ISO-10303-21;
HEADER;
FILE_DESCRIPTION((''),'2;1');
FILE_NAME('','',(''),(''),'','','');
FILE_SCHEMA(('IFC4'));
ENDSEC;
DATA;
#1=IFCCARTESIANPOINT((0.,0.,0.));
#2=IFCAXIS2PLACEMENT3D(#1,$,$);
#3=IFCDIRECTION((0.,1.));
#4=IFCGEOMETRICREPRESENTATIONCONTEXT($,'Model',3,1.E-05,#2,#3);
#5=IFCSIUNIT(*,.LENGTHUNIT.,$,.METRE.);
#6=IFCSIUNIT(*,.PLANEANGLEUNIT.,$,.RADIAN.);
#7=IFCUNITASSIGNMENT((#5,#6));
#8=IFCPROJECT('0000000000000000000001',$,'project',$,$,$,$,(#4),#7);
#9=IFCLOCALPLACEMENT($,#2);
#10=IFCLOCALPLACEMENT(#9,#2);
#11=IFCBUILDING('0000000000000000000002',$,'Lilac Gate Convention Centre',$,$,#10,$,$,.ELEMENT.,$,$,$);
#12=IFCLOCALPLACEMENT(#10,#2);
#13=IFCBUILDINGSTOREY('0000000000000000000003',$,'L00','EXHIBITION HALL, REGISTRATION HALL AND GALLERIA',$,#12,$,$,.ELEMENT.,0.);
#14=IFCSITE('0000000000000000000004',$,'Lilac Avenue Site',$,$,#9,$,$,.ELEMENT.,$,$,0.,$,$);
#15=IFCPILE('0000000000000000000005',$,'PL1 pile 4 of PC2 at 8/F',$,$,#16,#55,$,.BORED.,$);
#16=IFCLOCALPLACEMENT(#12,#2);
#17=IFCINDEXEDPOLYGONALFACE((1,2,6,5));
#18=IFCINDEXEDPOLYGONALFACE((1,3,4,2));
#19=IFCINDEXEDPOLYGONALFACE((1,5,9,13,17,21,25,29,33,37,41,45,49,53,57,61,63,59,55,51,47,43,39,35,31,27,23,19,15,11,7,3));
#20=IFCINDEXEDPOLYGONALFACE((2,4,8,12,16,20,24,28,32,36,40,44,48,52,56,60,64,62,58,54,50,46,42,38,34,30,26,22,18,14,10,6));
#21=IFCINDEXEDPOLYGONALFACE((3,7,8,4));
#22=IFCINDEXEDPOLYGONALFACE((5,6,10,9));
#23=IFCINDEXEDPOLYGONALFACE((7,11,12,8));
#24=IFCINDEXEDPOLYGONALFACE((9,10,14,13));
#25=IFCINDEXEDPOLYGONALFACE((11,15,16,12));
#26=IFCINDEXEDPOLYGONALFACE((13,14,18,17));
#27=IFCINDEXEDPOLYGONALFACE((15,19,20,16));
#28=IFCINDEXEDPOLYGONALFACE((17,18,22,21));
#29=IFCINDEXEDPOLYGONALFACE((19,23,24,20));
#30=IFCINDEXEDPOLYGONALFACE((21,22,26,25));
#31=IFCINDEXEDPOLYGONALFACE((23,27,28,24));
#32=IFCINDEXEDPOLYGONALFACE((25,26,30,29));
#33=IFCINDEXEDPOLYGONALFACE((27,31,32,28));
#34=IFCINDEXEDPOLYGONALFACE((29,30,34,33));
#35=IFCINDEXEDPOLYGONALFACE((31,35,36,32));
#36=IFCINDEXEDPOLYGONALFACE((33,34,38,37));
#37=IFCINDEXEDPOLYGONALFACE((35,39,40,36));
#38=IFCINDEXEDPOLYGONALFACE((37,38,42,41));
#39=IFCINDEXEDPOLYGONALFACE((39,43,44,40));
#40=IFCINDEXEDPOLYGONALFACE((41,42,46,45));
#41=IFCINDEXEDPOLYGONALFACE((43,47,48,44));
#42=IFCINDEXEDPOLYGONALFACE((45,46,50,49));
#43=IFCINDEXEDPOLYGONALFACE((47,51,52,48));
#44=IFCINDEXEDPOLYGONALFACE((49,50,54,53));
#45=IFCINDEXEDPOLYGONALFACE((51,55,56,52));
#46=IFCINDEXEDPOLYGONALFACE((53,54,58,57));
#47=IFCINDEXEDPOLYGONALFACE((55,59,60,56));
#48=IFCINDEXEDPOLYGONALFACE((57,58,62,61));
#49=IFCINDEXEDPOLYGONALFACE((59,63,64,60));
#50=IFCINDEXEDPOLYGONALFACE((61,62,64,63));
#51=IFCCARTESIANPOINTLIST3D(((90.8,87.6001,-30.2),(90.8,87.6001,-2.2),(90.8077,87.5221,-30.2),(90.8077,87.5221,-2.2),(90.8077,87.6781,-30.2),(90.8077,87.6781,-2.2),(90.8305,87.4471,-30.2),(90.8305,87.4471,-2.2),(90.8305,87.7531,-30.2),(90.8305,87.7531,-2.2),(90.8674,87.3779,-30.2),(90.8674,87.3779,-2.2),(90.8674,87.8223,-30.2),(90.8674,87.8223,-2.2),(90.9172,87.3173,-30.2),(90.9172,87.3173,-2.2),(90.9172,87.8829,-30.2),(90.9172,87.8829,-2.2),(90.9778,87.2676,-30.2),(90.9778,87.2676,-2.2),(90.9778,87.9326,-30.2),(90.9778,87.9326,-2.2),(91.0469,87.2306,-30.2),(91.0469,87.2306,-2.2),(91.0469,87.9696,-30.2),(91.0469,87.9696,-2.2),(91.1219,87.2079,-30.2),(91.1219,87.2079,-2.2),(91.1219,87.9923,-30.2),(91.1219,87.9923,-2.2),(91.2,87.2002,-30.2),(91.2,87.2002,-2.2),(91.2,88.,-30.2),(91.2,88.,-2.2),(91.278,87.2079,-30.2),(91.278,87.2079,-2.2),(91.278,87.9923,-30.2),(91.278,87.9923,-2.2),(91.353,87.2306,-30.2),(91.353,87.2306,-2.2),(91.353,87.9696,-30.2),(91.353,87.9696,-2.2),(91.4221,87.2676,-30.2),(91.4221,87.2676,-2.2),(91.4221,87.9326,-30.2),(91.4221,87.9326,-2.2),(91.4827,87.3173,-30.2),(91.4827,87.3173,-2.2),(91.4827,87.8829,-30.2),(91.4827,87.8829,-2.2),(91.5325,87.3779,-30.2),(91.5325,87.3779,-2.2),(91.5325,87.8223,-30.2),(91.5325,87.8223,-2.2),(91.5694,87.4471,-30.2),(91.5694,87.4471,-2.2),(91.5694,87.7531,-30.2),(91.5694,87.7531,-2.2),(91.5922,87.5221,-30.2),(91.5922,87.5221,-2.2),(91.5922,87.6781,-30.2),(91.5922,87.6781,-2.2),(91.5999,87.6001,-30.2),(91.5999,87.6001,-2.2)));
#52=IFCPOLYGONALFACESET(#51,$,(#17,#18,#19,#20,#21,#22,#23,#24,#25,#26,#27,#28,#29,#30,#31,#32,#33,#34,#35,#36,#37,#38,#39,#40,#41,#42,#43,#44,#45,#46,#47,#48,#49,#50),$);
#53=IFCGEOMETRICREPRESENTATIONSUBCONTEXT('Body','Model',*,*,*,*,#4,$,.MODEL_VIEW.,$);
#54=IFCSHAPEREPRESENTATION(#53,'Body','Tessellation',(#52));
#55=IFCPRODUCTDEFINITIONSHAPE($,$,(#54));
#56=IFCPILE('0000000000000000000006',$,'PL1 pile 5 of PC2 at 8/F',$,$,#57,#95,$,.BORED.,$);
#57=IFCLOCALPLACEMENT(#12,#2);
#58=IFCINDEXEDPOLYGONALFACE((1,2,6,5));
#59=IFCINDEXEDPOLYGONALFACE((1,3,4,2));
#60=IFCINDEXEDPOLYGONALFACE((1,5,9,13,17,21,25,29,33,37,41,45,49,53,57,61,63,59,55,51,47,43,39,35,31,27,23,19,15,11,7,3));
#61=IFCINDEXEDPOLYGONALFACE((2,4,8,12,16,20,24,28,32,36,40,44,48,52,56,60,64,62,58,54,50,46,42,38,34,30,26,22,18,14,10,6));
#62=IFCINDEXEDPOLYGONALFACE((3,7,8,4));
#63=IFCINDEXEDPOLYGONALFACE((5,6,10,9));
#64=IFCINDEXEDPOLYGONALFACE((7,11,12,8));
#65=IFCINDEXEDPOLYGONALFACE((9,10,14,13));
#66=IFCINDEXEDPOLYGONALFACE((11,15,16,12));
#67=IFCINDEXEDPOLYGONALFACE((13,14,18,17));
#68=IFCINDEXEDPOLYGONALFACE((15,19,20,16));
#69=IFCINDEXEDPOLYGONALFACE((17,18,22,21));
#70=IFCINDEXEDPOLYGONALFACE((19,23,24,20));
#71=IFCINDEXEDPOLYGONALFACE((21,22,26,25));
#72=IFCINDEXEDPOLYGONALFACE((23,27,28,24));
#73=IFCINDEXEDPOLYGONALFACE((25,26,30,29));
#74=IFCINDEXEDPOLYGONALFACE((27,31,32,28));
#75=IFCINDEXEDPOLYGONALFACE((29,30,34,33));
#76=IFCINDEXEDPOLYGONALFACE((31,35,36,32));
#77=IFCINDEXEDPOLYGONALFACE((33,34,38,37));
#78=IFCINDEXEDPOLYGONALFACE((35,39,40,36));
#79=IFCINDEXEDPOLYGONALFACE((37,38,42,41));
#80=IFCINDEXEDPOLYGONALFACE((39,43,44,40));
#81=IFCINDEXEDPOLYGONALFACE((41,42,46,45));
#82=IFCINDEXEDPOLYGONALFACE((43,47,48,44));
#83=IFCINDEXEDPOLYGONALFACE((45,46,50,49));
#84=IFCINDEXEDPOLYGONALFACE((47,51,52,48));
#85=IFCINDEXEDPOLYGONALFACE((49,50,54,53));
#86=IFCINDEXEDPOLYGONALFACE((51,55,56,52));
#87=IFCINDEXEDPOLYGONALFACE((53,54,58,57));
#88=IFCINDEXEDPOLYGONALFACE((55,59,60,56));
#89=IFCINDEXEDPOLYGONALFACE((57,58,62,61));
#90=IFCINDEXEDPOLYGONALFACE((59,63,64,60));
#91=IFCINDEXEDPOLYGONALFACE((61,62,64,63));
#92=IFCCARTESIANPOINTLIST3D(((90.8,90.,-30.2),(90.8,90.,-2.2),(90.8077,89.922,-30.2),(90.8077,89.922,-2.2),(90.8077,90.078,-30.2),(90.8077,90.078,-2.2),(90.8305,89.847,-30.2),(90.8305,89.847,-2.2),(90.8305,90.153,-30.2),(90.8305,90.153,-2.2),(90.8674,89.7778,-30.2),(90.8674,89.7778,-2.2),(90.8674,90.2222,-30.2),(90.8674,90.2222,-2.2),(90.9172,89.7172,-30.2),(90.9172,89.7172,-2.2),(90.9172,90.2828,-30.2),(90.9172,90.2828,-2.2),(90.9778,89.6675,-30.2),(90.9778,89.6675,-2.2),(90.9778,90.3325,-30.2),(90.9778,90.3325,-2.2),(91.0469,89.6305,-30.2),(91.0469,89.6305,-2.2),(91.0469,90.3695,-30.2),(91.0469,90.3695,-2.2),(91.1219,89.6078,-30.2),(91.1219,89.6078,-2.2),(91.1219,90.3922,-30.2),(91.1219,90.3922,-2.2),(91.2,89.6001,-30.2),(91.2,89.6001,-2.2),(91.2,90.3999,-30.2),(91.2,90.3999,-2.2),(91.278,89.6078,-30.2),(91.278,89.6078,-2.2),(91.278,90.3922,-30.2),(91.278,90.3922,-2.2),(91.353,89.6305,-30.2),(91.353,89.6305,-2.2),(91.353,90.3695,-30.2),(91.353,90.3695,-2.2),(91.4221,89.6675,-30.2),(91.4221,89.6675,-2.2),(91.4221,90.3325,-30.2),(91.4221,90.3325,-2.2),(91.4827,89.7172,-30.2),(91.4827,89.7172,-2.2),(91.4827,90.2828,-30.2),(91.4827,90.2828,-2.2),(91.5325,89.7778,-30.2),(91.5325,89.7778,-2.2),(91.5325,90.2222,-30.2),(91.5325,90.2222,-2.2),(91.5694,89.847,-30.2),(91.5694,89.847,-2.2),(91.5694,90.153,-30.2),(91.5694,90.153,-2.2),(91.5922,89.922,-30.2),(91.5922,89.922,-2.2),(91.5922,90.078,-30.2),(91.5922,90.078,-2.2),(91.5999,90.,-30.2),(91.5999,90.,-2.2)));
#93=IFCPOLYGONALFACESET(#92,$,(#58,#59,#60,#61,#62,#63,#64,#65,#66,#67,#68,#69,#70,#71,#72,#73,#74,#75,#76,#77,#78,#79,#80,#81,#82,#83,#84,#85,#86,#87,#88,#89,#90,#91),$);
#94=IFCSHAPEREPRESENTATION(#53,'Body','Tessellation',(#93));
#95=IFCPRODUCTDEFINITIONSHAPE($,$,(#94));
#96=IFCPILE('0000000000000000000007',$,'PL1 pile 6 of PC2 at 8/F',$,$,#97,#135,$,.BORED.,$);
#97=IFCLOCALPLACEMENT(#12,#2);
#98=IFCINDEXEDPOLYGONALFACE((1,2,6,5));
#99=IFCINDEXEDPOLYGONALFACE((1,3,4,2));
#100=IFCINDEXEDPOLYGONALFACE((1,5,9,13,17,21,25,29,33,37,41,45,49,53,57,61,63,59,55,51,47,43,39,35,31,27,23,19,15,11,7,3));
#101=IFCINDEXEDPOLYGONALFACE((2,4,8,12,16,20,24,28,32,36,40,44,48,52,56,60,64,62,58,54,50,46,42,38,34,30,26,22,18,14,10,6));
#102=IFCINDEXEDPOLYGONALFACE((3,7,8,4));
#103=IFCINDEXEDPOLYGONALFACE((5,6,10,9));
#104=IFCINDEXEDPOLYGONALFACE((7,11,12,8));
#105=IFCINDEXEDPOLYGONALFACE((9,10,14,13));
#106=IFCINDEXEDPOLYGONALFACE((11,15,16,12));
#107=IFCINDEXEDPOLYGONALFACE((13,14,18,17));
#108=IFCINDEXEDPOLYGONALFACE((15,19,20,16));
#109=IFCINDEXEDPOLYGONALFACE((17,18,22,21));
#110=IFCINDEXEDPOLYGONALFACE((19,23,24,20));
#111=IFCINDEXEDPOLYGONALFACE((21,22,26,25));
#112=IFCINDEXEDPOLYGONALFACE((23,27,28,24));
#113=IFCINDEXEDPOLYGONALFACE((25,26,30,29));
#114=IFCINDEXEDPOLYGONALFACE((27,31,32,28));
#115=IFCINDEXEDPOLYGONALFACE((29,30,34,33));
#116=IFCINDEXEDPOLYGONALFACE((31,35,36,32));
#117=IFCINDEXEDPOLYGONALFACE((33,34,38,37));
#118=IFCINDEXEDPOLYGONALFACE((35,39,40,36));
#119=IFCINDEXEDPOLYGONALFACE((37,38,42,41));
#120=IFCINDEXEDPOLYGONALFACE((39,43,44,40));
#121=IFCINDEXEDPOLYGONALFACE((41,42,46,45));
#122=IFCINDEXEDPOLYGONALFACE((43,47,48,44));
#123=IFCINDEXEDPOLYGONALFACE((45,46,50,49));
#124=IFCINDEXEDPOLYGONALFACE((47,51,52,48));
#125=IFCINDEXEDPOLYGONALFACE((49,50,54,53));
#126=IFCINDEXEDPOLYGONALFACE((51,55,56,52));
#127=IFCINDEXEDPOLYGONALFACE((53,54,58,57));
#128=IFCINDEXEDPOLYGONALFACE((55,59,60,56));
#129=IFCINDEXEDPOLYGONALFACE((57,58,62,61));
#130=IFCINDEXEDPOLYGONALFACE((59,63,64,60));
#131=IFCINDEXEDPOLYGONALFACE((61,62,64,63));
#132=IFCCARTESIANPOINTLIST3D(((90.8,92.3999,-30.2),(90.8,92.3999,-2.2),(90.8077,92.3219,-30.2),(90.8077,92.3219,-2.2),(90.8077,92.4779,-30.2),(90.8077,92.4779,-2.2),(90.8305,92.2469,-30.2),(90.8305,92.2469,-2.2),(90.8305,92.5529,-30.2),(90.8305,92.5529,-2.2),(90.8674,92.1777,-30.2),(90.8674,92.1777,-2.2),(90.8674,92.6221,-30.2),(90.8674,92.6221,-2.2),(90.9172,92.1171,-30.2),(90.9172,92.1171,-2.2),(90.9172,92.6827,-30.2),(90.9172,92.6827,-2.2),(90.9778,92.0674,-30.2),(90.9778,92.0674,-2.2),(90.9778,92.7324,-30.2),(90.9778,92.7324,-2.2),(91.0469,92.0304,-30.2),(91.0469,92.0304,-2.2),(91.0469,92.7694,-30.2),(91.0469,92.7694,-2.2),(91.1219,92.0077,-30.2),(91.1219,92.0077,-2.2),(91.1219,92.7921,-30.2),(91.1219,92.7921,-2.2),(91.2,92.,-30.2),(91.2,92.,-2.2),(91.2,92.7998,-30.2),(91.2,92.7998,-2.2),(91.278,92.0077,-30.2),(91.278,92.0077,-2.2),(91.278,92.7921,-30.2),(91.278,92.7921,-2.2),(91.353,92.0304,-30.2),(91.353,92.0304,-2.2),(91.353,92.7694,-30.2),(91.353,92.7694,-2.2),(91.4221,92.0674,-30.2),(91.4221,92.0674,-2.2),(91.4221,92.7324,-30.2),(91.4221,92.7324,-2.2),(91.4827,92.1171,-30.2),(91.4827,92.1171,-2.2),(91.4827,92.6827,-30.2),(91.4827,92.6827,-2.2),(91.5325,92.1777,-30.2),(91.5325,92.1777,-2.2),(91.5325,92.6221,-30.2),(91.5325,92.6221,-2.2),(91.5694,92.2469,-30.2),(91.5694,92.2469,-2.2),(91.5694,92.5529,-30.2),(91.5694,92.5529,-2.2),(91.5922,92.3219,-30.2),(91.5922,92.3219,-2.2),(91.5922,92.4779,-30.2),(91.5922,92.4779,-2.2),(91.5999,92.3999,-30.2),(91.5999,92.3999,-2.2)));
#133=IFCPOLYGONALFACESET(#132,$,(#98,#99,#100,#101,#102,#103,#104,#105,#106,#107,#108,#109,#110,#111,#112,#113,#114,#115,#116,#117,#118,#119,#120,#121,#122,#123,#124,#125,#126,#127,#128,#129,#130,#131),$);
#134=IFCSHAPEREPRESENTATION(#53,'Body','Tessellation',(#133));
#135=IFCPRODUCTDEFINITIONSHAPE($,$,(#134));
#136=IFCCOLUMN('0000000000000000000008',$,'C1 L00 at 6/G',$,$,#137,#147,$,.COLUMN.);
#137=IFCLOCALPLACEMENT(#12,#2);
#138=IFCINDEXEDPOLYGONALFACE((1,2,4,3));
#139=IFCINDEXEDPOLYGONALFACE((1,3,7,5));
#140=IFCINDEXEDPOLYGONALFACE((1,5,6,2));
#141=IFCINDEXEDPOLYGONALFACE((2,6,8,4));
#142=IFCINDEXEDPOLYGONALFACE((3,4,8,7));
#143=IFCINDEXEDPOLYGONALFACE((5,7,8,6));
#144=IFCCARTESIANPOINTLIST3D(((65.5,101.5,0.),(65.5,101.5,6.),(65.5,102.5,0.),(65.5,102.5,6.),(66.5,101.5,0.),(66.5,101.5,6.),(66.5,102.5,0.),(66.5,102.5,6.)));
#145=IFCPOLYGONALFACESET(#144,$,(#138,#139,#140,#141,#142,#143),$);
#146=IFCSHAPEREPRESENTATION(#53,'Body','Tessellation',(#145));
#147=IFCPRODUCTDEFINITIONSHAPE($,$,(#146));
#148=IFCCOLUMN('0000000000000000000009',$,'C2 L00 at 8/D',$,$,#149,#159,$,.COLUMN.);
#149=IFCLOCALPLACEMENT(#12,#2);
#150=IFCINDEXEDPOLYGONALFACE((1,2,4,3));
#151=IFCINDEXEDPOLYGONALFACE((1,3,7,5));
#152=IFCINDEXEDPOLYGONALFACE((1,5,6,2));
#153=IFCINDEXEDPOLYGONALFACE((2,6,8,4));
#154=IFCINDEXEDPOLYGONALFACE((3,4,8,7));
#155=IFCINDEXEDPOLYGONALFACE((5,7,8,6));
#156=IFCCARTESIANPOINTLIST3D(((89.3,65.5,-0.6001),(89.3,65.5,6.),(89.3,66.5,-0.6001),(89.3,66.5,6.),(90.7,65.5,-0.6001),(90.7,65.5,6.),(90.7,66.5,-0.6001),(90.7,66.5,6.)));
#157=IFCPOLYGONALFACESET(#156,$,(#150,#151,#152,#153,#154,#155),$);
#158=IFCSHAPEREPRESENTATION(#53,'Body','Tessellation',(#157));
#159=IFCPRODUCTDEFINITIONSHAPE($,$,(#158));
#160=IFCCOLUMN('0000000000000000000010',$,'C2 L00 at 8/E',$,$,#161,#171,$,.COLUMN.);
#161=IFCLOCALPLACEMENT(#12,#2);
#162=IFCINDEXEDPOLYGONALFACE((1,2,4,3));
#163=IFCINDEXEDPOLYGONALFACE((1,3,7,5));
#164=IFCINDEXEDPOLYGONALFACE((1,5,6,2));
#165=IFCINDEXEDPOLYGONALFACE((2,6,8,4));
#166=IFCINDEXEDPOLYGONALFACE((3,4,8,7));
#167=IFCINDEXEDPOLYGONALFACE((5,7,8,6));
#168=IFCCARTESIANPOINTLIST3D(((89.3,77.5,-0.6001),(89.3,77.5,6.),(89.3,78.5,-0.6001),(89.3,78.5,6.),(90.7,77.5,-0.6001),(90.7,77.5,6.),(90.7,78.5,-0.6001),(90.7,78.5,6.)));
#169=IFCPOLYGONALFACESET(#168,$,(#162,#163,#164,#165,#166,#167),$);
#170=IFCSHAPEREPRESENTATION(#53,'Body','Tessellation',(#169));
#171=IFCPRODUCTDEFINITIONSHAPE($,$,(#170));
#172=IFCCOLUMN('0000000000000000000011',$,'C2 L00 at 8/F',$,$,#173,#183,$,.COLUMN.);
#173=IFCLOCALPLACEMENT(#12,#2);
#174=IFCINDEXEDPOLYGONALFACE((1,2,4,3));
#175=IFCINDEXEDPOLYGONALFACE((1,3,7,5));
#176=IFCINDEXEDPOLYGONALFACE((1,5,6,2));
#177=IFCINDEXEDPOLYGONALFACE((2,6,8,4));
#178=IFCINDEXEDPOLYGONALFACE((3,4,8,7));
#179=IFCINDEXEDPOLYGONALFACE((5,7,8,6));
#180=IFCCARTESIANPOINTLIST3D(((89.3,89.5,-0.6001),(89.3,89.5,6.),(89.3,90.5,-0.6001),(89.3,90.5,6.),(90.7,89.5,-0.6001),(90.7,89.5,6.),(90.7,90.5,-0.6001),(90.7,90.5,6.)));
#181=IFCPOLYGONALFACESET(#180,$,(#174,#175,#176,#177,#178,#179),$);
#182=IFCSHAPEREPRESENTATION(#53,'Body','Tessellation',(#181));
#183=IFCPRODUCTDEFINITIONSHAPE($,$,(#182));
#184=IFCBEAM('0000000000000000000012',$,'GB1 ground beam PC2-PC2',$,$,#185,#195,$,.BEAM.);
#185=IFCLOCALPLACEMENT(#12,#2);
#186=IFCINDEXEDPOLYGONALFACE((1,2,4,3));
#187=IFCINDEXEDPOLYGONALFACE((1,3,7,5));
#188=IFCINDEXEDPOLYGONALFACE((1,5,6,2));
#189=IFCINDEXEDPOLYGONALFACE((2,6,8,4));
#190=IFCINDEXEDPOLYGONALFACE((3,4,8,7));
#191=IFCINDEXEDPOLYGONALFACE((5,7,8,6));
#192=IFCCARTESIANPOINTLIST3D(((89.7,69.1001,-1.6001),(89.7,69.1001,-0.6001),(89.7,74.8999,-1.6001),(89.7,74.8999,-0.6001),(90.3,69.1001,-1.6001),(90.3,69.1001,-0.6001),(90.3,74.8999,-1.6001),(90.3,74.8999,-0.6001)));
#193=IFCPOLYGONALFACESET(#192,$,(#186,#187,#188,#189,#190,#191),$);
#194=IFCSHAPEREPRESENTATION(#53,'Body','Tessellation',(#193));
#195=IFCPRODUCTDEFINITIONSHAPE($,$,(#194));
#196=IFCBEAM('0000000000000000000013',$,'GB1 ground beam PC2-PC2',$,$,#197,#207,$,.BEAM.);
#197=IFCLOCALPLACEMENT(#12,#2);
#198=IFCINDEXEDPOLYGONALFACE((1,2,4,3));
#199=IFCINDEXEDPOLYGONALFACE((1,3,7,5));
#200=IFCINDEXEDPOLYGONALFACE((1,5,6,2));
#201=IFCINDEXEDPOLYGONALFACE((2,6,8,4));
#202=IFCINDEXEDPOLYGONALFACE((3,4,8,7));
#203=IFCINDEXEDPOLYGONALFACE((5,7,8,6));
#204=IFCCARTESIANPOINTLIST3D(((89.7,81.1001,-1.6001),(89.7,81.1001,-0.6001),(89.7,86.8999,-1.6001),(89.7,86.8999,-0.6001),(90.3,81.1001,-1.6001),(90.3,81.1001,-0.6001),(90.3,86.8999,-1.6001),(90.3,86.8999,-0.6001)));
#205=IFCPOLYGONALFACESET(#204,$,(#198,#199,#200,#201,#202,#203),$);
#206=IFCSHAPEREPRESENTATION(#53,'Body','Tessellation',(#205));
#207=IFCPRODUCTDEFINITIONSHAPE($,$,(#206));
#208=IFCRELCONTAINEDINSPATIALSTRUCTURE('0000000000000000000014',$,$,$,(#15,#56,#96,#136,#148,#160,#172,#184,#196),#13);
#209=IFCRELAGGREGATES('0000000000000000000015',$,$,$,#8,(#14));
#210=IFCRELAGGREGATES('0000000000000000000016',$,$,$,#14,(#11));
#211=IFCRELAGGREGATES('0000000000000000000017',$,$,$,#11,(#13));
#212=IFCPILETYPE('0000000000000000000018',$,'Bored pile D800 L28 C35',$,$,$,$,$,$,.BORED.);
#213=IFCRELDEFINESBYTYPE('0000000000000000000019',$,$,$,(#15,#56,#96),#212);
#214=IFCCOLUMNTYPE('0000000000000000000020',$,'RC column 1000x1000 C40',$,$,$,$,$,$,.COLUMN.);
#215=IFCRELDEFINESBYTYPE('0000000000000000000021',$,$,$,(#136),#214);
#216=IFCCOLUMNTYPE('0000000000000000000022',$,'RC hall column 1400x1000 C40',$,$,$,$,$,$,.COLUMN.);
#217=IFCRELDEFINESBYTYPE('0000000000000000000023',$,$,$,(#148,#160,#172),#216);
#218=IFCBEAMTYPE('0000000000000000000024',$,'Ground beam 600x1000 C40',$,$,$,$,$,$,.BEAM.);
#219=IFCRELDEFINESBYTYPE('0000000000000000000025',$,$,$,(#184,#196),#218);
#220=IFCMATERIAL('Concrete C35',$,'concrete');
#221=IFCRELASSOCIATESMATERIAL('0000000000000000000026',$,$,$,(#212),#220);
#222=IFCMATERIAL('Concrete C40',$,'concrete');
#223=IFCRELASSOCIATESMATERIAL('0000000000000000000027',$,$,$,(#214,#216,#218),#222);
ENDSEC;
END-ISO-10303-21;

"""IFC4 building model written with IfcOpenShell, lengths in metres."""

from ifc_helpers import new_model, si_unit, direction, frame, origin, origin_2d, place, context, subcontext, project, spatial, rectangle, circle, extrude, material, material_profile, profile_set, type_object, element, save


model = new_model("IFC4")

# Units and contexts
model_context = context("Model", 3, precision=1e-05, world=origin(), true_north=direction((0.0, 1.0)))
body_context = subcontext(model_context, "Body", "Model", "MODEL_VIEW")
ifc_project = project(units=[si_unit("LENGTHUNIT", "METRE"), si_unit("PLANEANGLEUNIT", "RADIAN")], contexts=[model_context])

# Site, building, storey
site_placement = place(None, origin())
site = spatial("IfcSite", under=ifc_project, at=site_placement, Name="Lilac Avenue Site", CompositionType="ELEMENT", RefElevation=0.0)
building_placement = place(site_placement, origin())
building = spatial("IfcBuilding", under=site, at=building_placement, Name="Lilac Gate Convention Centre", CompositionType="ELEMENT")
storey_placement = place(building_placement, origin())
storey = spatial("IfcBuildingStorey", under=building, at=storey_placement, Name="L00", Description="EXHIBITION HALL, REGISTRATION HALL AND GALLERIA", CompositionType="ELEMENT", Elevation=0.0)

# Piles
ifc_material_1 = material(Name="Concrete C35", Category="concrete")
ifc_material_profile_1 = material_profile(ifc_material_1, circle(Radius=0.3999, at=origin_2d()), Name="D800")
ifc_profile_set_1 = profile_set([ifc_material_profile_1], Name="Concrete C35")
pile_type = type_object("IfcPileType", Name="Bored pile D800 L28 C35", PredefinedType="BORED", material=ifc_profile_set_1)
for number, where, z_axis, x_axis, name in (
    (1, (91.2, 87.6001, -2.2), (0.0, 0.0, -1.0), (1.0, 0.0, 0.0), "PL1 pile 4 of PC2 at 8/F"),
    (2, (91.2, 90.0, -2.2), (0.0, 0.0, -1.0), (1.0, 0.0, 0.0), "PL1 pile 5 of PC2 at 8/F"),
    (3, (91.2, 92.3999, -2.2), (0.0, 0.0, -1.0), (1.0, 0.0, 0.0), "PL1 pile 6 of PC2 at 8/F"),
):
    element("IfcPile", number, at=place(storey_placement, frame(where, z_axis=z_axis, x_axis=x_axis)), inside=storey, type_object=pile_type, Name=name, PredefinedType="BORED", context=body_context, shape_type="SweptSolid", body=[
        extrude(circle(Radius=0.3999, at=origin_2d()), origin(), (0.0, 0.0, 1.0), 28.0),
    ])

# Columns
ifc_material_2 = material(Name="Concrete C40", Category="concrete")
ifc_material_profile_2 = material_profile(ifc_material_2, rectangle(XDim=1.0, YDim=1.0, at=origin_2d()), Name="RC 1000x1000")
ifc_profile_set_2 = profile_set([ifc_material_profile_2], Name="Concrete C40")
column_type_1 = type_object("IfcColumnType", Name="RC column 1000x1000 C40", PredefinedType="COLUMN", material=ifc_profile_set_2)
column_placement = place(storey_placement, frame((66.0, 102.0, 0.0), z_axis=(0.0, 0.0, 1.0), x_axis=(1.0, 0.0, 0.0)))
element("IfcColumn", 4, at=column_placement, inside=storey, type_object=column_type_1, Name="C1 L00 at 6/G", PredefinedType="COLUMN", context=body_context, shape_type="SweptSolid", body=[
    extrude(rectangle(XDim=1.0, YDim=1.0, at=origin_2d()), origin(), (0.0, 0.0, 1.0), 6.0),
])
ifc_material_profile_3 = material_profile(ifc_material_2, rectangle(XDim=1.3999, YDim=1.0, at=origin_2d()), Name="RC 1400x1000")
ifc_profile_set_3 = profile_set([ifc_material_profile_3], Name="Concrete C40")
column_type_2 = type_object("IfcColumnType", Name="RC hall column 1400x1000 C40", PredefinedType="COLUMN", material=ifc_profile_set_3)
for number, where, z_axis, x_axis, name in (
    (5, (90.0, 66.0, -0.6001), (0.0, 0.0, 1.0), (1.0, 0.0, 0.0), "C2 L00 at 8/D"),
    (6, (90.0, 78.0, -0.6001), (0.0, 0.0, 1.0), (1.0, 0.0, 0.0), "C2 L00 at 8/E"),
    (7, (90.0, 90.0, -0.6001), (0.0, 0.0, 1.0), (1.0, 0.0, 0.0), "C2 L00 at 8/F"),
):
    element("IfcColumn", number, at=place(storey_placement, frame(where, z_axis=z_axis, x_axis=x_axis)), inside=storey, type_object=column_type_2, Name=name, PredefinedType="COLUMN", context=body_context, shape_type="SweptSolid", body=[
        extrude(rectangle(XDim=1.3999, YDim=1.0, at=origin_2d()), origin(), (0.0, 0.0, 1.0), 6.6001),
    ])

# Beams
ifc_material_profile_4 = material_profile(ifc_material_2, rectangle(XDim=0.6001, YDim=1.0, at=origin_2d()), Name="RC 600x1000")
ifc_profile_set_4 = profile_set([ifc_material_profile_4], Name="Concrete C40")
beam_type = type_object("IfcBeamType", Name="Ground beam 600x1000 C40", PredefinedType="BEAM", material=ifc_profile_set_4)
for number, where, z_axis, x_axis, name in (
    (8, (90.0, 69.1001, -1.1001), (0.0, 1.0, 0.0), (-1.0, 0.0, 0.0), "GB1 ground beam PC2-PC2"),
    (9, (90.0, 81.1001, -1.1001), (0.0, 1.0, 0.0), (-1.0, 0.0, 0.0), "GB1 ground beam PC2-PC2"),
):
    element("IfcBeam", number, at=place(storey_placement, frame(where, z_axis=z_axis, x_axis=x_axis)), inside=storey, type_object=beam_type, Name=name, PredefinedType="BEAM", context=body_context, shape_type="SweptSolid", body=[
        extrude(rectangle(XDim=0.6001, YDim=1.0, at=origin_2d()), origin(), (0.0, 0.0, 1.0), 5.7998),
    ])

save(model, "model.ifc")
